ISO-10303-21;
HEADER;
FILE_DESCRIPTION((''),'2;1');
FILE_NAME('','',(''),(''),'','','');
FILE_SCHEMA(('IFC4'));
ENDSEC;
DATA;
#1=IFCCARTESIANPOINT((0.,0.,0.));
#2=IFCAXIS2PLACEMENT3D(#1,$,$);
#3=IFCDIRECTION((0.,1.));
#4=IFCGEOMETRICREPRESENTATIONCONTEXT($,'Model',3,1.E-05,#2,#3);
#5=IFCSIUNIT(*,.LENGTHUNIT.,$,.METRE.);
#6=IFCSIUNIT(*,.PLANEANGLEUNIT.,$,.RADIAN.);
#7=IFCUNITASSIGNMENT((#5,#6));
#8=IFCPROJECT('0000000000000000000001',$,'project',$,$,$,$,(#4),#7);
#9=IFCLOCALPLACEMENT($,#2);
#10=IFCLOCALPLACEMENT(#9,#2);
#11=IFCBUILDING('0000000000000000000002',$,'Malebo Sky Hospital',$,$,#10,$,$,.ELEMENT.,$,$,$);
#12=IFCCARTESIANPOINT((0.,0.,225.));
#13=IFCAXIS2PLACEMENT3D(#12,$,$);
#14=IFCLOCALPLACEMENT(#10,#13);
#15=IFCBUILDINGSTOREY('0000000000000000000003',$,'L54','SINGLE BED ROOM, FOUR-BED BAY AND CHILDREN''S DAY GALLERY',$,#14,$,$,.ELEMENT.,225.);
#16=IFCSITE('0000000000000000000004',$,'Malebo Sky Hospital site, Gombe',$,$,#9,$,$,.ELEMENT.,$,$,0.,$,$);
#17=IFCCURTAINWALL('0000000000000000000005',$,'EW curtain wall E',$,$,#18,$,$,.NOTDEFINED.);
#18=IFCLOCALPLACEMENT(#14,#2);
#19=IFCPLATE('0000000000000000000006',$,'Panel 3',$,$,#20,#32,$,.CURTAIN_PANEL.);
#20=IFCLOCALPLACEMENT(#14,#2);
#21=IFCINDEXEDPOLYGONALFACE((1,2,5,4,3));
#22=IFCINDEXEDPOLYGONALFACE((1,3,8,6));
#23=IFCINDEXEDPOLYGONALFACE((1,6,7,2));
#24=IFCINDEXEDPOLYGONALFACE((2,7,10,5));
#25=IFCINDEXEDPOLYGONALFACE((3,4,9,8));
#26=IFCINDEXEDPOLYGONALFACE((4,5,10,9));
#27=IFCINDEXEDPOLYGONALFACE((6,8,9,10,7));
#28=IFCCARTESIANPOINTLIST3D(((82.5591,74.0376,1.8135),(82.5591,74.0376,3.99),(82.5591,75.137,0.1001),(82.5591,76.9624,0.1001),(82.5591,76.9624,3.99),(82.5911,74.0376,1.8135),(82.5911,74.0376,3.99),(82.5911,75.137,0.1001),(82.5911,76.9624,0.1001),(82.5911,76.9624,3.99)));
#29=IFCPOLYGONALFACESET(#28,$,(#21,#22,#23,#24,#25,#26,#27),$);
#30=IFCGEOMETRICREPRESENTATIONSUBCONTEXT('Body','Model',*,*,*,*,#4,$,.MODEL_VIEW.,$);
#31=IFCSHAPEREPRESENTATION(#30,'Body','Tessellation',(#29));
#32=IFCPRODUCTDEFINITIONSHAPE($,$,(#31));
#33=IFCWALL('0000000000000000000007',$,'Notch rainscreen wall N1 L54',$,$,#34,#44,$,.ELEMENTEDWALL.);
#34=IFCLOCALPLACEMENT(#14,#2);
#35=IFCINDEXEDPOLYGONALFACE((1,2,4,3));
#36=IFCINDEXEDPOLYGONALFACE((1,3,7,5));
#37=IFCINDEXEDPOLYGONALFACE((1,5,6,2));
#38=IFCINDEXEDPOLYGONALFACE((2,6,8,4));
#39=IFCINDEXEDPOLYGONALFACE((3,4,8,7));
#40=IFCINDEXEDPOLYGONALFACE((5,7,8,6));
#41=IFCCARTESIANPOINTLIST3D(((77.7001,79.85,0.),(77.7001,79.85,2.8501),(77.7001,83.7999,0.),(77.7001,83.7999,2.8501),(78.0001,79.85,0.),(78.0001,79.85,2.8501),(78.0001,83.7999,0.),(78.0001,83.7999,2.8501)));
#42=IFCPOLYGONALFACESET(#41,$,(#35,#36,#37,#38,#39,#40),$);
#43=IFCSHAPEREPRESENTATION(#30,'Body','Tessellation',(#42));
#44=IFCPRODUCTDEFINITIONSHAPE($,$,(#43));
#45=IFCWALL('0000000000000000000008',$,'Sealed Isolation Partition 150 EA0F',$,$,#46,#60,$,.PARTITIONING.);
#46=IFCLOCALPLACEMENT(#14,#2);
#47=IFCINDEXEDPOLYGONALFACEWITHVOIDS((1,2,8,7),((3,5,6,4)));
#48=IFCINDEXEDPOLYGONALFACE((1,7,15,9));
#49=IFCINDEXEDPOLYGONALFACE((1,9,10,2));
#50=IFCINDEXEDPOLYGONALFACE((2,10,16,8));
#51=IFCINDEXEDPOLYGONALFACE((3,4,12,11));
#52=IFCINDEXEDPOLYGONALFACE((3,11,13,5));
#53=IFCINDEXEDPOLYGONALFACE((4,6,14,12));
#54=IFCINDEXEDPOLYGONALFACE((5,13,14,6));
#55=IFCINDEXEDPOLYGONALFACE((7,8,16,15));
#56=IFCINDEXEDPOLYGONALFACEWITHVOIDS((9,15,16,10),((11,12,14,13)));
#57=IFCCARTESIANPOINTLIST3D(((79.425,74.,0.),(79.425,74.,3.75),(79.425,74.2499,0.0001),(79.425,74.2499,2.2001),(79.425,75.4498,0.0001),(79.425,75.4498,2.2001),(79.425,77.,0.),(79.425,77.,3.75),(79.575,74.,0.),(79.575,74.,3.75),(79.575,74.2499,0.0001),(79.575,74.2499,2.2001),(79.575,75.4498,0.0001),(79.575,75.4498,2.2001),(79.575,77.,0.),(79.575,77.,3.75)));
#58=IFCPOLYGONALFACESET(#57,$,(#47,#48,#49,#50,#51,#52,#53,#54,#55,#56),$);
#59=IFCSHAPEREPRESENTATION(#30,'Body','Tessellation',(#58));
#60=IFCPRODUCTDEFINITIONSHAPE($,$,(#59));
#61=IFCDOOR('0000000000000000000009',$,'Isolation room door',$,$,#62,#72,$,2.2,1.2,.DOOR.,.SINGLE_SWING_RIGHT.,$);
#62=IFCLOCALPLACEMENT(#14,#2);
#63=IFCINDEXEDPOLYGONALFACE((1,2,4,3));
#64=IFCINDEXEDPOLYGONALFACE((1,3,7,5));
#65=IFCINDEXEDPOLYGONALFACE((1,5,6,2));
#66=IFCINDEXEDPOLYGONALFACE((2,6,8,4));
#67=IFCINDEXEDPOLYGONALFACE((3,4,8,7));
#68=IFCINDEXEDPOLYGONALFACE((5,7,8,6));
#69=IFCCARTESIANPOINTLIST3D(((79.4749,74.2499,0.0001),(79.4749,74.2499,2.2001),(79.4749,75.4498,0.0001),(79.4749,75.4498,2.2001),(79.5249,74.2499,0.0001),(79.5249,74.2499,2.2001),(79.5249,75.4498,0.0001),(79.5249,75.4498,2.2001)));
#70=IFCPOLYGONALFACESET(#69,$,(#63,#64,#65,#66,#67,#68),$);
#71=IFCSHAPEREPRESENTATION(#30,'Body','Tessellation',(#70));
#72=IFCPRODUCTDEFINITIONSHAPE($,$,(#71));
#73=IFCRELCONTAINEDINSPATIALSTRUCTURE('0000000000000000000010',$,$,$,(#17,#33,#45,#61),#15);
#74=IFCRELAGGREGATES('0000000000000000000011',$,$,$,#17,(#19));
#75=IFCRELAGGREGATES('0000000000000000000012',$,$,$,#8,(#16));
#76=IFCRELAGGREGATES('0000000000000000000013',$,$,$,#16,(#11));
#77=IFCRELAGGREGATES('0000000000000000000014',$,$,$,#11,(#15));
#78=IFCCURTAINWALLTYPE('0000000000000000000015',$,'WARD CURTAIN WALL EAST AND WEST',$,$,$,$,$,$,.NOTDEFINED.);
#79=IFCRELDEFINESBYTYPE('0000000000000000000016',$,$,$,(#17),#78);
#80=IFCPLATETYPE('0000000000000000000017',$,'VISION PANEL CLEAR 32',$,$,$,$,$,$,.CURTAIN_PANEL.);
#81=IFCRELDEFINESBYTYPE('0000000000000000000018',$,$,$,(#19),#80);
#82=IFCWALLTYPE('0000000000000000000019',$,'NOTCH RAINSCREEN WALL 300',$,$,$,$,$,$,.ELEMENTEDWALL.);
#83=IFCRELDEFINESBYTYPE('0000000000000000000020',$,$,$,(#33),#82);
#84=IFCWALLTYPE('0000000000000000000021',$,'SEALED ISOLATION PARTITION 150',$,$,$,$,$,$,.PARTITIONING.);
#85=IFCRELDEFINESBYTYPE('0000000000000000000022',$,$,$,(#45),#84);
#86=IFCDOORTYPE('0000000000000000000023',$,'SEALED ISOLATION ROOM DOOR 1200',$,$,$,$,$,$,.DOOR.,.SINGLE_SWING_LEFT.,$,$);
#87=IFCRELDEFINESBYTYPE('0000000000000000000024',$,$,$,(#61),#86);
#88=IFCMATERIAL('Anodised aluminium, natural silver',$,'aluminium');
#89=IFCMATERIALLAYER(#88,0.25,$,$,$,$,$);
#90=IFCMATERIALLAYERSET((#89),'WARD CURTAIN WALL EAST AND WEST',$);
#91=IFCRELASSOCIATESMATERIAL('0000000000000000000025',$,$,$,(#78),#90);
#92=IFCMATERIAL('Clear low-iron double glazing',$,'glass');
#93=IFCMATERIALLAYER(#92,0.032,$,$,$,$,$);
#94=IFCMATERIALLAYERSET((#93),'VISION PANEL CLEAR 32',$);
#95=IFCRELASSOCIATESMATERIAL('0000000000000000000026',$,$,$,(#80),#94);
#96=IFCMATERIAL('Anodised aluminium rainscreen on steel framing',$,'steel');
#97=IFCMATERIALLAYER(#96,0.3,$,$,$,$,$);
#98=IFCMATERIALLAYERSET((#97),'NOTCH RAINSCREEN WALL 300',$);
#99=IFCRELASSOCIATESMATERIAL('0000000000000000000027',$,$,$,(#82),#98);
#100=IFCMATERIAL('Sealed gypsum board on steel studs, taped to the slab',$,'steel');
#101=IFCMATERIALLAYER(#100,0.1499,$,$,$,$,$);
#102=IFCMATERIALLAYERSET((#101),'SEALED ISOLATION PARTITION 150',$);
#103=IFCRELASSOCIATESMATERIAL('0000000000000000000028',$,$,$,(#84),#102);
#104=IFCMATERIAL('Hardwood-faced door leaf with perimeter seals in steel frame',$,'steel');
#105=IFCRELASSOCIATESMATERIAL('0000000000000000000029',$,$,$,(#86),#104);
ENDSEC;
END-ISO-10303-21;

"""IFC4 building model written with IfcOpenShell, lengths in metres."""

from ifc_helpers import new_model, si_unit, direction, frame, frame_2d, origin, place, context, subcontext, project, spatial, polyline, rectangle, outline, extrude, material, layer, layer_set, type_object, element, fill, aggregate, save


model = new_model("IFC4")

# Units and contexts
model_context = context("Model", 3, precision=1e-05, world=origin(), true_north=direction((0.0, 1.0)))
body_context = subcontext(model_context, "Body", "Model", "MODEL_VIEW")
ifc_project = project(units=[si_unit("LENGTHUNIT", "METRE"), si_unit("PLANEANGLEUNIT", "RADIAN")], contexts=[model_context])

# Site, building, storey
site_placement = place(None, origin())
site = spatial("IfcSite", under=ifc_project, at=site_placement, Name="Malebo Sky Hospital site, Gombe", CompositionType="ELEMENT", RefElevation=0.0)
building_placement = place(site_placement, origin())
building = spatial("IfcBuilding", under=site, at=building_placement, Name="Malebo Sky Hospital", CompositionType="ELEMENT")
storey_placement = place(building_placement, frame((0.0, 0.0, 225.0)))
storey = spatial("IfcBuildingStorey", under=building, at=storey_placement, Name="L54", Description="SINGLE BED ROOM, FOUR-BED BAY AND CHILDREN'S DAY GALLERY", CompositionType="ELEMENT", Elevation=225.0)

# Curtain wall
ifc_material_1 = material(Name="Anodised aluminium, natural silver", Category="aluminium")
ifc_layer_1 = layer(ifc_material_1, 0.25)
ifc_layer_set_1 = layer_set([ifc_layer_1], Name="WARD CURTAIN WALL EAST AND WEST")
curtain_wall_type = type_object("IfcCurtainWallType", Name="WARD CURTAIN WALL EAST AND WEST", PredefinedType="NOTDEFINED", material=ifc_layer_set_1)
curtain_wall_placement = place(storey_placement, origin())
curtain_wall = element("IfcCurtainWall", 1, at=curtain_wall_placement, inside=storey, type_object=curtain_wall_type, Name="EW curtain wall E", PredefinedType="NOTDEFINED")

# Plate
ifc_material_2 = material(Name="Clear low-iron double glazing", Category="glass")
ifc_layer_2 = layer(ifc_material_2, 0.032)
ifc_layer_set_2 = layer_set([ifc_layer_2], Name="VISION PANEL CLEAR 32")
plate_type = type_object("IfcPlateType", Name="VISION PANEL CLEAR 32", PredefinedType="CURTAIN_PANEL", material=ifc_layer_set_2)
plate_1_placement = place(storey_placement, frame((82.575, 75.5, 0.1001), z_axis=(0.0, 0.0, 1.0), x_axis=(0.0, -1.0, 0.0)))
plate_1 = element("IfcPlate", 2, at=plate_1_placement, type_object=plate_type, Name="Panel 3", PredefinedType="CURTAIN_PANEL", context=body_context, shape_type="SweptSolid", body=[
    extrude(outline(polyline([(-1.4624, 0.0), (0.363, 0.0), (1.4624, 1.7134), (1.4624, 3.8899), (-1.4624, 3.8899), (-1.4624, 0.0)])), frame((0.0, 0.0161, 0.0), z_axis=(0.0, -1.0, 0.0), x_axis=(1.0, 0.0, 0.0)), (0.0, 0.0, 1.0), 0.032),
])
aggregate(curtain_wall, [plate_1])

# Wall
ifc_material_3 = material(Name="Anodised aluminium rainscreen on steel framing", Category="steel")
ifc_layer_3 = layer(ifc_material_3, 0.3)
ifc_layer_set_3 = layer_set([ifc_layer_3], Name="NOTCH RAINSCREEN WALL 300")
wall_type_1 = type_object("IfcWallType", Name="NOTCH RAINSCREEN WALL 300", PredefinedType="ELEMENTEDWALL", material=ifc_layer_set_3)
wall_1_placement = place(storey_placement, frame((77.8501, 83.8, 0.0), z_axis=(0.0, 0.0, 1.0), x_axis=(0.0, -1.0, 0.0)))
element("IfcWall", 3, at=wall_1_placement, inside=storey, type_object=wall_type_1, Name="Notch rainscreen wall N1 L54", PredefinedType="ELEMENTEDWALL", context=body_context, shape_type="SweptSolid", body=[
    extrude(rectangle(XDim=3.95, YDim=0.3, at=frame_2d((1.9751, 0.0))), origin(), (0.0, 0.0, 1.0), 2.8501),
])

# Wall, opening, door
ifc_material_4 = material(Name="Sealed gypsum board on steel studs, taped to the slab", Category="steel")
ifc_layer_4 = layer(ifc_material_4, 0.1499)
ifc_layer_set_4 = layer_set([ifc_layer_4], Name="SEALED ISOLATION PARTITION 150")
wall_type_2 = type_object("IfcWallType", Name="SEALED ISOLATION PARTITION 150", PredefinedType="PARTITIONING", material=ifc_layer_set_4)
wall_2_placement = place(storey_placement, frame((79.5, 77.0, 0.0), z_axis=(0.0, 0.0, 1.0), x_axis=(0.0, -1.0, 0.0)))
wall_2 = element("IfcWall", 4, at=wall_2_placement, inside=storey, type_object=wall_type_2, Name="Sealed Isolation Partition 150 EA0F", PredefinedType="PARTITIONING", context=body_context, shape_type="SweptSolid", body=[
    extrude(rectangle(XDim=3.0, YDim=0.1499, at=frame_2d((1.5, 0.0))), origin(), (0.0, 0.0, 1.0), 3.75),
])
opening_placement = place(wall_2_placement, frame((1.55, 0.0, 0.0)))
opening = element("IfcOpeningElement", 5, at=opening_placement, cuts=wall_2, PredefinedType="OPENING", context=body_context, shape_type="SweptSolid", body=[
    extrude(rectangle(XDim=1.2, YDim=2.2, at=frame_2d((0.6001, 1.1001))), frame((0.0, 0.085, 0.0), z_axis=(0.0, -1.0, 0.0), x_axis=(1.0, 0.0, 0.0)), (0.0, 0.0, 1.0), 0.1699),
])
ifc_material_5 = material(Name="Hardwood-faced door leaf with perimeter seals in steel frame", Category="steel")
door_type = type_object("IfcDoorType", Name="SEALED ISOLATION ROOM DOOR 1200", OperationType="SINGLE_SWING_LEFT", PredefinedType="DOOR", material=ifc_material_5)
door_placement = place(opening_placement, origin())
door = element("IfcDoor", 6, at=door_placement, inside=storey, type_object=door_type, Name="Isolation room door", OperationType="SINGLE_SWING_RIGHT", OverallHeight=2.2, OverallWidth=1.2, PredefinedType="DOOR", context=body_context, shape_type="SweptSolid", body=[
    extrude(rectangle(XDim=1.2, YDim=2.2, at=frame_2d((0.6001, 1.1001))), frame((0.0, 0.0249, 0.0), z_axis=(0.0, -1.0, 0.0), x_axis=(1.0, 0.0, 0.0)), (0.0, 0.0, 1.0), 0.05),
])
fill(opening, door)

save(model, "model.ifc")
